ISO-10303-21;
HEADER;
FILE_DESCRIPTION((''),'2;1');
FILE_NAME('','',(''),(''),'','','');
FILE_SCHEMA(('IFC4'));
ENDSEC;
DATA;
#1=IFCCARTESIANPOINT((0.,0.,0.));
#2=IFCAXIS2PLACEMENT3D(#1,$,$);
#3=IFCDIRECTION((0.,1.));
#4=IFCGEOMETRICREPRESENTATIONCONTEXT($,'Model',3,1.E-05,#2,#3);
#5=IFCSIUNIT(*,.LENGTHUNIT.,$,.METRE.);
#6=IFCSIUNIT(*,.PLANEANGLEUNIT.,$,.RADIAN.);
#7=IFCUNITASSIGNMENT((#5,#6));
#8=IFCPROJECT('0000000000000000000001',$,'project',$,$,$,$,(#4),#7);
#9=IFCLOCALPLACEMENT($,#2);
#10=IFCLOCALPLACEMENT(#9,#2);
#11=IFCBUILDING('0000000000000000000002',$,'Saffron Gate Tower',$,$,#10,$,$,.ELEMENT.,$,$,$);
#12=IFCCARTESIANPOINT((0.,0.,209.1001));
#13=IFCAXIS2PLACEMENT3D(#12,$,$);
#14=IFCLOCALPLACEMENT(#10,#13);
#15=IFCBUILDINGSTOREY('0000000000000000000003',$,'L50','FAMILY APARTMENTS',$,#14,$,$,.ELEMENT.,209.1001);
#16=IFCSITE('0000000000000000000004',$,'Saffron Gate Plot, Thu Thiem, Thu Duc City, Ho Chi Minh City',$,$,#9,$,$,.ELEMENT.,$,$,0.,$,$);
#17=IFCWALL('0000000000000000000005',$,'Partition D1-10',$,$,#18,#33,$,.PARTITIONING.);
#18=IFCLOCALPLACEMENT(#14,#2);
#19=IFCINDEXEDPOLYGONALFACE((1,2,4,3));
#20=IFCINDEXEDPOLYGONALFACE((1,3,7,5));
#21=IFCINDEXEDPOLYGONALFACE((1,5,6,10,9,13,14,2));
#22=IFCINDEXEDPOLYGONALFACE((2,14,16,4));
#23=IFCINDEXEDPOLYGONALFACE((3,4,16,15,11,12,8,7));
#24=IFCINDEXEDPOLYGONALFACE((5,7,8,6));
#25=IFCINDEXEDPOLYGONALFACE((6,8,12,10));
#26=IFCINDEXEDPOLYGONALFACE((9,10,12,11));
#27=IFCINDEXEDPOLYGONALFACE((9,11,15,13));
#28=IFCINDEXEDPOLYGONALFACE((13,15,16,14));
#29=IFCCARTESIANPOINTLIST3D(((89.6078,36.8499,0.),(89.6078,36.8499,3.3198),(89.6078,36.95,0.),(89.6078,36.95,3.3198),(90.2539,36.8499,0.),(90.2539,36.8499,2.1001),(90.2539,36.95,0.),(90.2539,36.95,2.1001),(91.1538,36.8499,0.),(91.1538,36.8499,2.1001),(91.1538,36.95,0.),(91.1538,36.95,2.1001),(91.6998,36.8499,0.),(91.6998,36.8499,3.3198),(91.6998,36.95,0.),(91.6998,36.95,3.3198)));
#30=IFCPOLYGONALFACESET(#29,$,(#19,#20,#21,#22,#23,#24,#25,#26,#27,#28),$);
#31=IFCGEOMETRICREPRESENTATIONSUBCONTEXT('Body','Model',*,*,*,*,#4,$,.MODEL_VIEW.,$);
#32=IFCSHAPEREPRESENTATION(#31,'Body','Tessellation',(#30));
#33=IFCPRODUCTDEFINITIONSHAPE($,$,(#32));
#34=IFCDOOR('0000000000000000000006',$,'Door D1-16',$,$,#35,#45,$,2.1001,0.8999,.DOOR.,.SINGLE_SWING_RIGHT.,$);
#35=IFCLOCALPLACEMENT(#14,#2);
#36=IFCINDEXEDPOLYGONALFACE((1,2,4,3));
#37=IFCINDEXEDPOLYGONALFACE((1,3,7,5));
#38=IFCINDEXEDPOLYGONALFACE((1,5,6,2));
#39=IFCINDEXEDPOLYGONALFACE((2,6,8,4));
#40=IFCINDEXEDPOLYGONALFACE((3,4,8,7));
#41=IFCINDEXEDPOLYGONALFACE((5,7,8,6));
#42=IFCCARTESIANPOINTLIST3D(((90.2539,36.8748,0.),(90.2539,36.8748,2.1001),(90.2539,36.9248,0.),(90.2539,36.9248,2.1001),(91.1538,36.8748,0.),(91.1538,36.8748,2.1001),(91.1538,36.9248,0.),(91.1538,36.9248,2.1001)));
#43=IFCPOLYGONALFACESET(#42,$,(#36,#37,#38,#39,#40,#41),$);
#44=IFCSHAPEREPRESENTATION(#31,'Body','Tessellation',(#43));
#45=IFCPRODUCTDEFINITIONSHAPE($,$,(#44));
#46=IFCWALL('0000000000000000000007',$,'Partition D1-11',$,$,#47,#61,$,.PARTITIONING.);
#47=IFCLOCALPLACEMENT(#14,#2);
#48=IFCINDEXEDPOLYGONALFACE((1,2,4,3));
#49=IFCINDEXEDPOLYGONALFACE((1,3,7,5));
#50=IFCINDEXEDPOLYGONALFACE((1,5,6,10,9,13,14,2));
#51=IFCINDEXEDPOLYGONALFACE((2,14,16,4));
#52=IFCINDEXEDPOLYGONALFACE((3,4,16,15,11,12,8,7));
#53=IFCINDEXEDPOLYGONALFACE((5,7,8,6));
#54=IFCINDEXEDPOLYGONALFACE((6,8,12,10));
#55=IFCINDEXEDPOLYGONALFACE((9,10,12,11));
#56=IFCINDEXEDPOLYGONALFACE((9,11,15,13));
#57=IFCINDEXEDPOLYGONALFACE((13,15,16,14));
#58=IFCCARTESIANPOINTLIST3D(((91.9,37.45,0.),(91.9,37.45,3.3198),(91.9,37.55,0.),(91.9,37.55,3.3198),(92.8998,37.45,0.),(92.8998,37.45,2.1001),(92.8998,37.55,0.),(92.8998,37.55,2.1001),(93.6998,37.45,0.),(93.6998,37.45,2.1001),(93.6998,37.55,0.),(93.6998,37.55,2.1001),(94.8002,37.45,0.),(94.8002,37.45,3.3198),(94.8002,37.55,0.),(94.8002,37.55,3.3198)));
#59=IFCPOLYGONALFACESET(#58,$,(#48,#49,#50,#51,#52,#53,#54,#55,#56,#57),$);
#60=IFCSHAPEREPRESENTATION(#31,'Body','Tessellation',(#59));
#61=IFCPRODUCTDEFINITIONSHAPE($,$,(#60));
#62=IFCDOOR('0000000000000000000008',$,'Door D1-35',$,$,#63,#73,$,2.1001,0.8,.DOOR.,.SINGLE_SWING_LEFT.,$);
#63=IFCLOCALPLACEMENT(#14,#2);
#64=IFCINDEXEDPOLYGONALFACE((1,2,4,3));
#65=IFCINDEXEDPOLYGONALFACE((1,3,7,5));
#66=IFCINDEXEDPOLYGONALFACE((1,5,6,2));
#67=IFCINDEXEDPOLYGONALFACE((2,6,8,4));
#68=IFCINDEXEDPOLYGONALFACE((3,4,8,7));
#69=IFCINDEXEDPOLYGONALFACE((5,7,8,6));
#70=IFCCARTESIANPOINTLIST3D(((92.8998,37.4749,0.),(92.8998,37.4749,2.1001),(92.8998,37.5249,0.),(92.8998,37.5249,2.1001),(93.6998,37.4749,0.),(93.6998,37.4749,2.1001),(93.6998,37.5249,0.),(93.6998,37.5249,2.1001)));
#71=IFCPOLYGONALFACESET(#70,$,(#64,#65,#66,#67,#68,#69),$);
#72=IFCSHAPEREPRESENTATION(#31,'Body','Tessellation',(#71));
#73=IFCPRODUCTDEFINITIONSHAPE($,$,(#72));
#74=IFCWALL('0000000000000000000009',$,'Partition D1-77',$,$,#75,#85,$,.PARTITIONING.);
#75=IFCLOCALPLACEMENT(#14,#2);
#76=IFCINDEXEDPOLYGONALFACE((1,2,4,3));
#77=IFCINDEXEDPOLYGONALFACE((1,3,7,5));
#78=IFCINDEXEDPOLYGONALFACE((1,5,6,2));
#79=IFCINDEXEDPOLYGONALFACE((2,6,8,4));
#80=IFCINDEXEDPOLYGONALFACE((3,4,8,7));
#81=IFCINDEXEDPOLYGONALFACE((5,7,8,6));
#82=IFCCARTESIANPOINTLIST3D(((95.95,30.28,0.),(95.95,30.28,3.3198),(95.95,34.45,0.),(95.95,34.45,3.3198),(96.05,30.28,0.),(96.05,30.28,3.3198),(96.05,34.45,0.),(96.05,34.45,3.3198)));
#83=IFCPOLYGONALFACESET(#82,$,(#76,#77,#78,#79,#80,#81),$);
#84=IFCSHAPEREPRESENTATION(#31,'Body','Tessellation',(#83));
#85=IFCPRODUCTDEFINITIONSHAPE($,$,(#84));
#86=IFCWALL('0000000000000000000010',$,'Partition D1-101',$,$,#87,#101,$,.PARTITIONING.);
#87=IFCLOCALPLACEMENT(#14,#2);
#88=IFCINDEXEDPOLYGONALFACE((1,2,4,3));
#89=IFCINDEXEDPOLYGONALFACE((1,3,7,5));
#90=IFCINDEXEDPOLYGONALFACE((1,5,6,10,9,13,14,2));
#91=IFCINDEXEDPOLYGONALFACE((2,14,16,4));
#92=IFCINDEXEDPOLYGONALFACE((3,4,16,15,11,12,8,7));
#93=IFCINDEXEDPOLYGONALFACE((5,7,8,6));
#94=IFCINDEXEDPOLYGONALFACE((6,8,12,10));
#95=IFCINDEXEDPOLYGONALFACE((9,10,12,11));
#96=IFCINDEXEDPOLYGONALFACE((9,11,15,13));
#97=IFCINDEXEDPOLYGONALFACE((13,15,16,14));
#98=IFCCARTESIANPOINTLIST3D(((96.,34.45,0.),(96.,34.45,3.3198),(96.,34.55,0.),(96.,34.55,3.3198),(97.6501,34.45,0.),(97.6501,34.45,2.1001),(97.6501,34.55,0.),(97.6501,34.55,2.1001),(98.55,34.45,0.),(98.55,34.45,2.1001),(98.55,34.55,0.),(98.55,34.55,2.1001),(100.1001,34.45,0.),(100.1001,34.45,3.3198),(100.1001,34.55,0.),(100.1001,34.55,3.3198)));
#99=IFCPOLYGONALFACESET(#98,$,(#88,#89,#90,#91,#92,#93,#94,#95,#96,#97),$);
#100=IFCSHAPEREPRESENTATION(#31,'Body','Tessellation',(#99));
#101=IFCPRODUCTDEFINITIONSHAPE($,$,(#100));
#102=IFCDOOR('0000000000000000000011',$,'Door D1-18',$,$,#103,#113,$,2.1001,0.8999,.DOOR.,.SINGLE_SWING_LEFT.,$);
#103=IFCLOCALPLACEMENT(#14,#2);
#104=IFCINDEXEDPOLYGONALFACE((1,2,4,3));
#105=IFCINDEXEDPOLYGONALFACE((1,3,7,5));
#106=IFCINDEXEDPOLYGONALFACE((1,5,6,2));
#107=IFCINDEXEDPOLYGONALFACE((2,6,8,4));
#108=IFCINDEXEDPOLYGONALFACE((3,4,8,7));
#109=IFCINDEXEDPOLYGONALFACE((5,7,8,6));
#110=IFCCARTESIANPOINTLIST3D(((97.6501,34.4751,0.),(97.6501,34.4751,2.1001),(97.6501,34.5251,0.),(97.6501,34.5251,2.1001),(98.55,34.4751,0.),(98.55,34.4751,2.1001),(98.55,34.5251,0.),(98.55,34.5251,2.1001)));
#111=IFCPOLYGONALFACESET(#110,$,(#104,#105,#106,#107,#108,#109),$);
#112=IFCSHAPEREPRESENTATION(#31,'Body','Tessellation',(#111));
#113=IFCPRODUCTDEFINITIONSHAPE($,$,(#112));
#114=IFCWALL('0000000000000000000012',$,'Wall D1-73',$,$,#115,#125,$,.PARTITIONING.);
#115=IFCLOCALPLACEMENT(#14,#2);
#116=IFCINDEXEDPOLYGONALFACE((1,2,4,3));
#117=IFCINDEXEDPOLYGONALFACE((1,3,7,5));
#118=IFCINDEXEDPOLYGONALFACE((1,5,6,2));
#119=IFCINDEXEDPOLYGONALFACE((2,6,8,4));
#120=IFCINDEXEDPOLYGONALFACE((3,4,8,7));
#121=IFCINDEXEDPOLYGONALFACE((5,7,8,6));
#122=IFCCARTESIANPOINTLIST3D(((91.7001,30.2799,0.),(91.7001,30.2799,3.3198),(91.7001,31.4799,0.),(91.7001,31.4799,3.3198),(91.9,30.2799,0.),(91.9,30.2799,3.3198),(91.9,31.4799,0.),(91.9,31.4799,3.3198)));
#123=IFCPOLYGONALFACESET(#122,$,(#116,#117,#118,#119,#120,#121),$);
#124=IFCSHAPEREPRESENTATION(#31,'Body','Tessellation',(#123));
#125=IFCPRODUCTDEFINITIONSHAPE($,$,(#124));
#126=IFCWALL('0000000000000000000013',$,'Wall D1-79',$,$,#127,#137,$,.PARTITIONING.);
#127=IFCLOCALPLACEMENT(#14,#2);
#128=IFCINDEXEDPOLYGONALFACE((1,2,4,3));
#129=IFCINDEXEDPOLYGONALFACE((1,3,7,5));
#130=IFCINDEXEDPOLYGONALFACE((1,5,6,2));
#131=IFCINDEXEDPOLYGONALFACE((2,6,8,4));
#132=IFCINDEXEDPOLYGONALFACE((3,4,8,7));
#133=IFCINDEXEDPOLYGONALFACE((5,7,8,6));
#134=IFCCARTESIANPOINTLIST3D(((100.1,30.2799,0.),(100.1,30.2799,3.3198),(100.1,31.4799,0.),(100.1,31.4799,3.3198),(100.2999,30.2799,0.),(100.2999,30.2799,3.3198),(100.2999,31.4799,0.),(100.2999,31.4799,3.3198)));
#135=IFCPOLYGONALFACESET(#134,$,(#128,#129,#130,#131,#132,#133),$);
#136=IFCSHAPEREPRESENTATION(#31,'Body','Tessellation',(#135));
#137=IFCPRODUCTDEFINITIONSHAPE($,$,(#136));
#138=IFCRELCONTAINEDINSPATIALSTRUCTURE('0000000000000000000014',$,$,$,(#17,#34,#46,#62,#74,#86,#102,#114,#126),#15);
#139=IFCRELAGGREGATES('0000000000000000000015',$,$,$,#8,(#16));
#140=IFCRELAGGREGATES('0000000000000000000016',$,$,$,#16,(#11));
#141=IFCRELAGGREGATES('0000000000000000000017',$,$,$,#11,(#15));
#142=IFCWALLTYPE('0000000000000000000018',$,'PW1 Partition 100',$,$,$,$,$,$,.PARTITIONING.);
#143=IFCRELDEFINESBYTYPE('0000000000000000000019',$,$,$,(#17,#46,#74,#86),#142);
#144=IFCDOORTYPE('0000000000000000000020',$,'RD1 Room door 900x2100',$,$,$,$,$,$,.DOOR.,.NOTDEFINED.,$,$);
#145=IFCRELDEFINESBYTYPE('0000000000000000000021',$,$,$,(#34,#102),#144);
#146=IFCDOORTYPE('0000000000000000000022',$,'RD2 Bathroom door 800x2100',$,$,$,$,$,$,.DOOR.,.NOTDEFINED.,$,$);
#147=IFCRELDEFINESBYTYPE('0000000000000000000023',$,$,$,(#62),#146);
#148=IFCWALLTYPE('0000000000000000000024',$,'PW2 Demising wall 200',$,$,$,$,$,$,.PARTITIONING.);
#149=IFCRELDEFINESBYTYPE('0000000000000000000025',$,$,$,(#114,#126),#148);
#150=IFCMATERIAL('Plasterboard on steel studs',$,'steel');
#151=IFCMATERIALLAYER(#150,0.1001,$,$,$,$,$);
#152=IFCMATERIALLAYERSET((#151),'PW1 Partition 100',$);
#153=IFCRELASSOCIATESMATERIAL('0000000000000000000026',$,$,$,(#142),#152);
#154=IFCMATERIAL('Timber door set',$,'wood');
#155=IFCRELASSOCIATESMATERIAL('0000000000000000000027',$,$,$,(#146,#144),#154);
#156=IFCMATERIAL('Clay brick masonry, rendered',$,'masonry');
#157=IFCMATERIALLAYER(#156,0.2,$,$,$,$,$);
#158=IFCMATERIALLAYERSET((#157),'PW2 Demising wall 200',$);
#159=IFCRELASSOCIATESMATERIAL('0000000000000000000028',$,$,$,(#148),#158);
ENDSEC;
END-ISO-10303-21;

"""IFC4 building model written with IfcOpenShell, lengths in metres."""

from ifc_helpers import new_model, si_unit, direction, frame, frame_2d, origin, place, context, subcontext, project, spatial, rectangle, extrude, material, layer, layer_set, type_object, element, fill, save


model = new_model("IFC4")

# Units and contexts
model_context = context("Model", 3, precision=1e-05, world=origin(), true_north=direction((0.0, 1.0)))
body_context = subcontext(model_context, "Body", "Model", "MODEL_VIEW")
ifc_project = project(units=[si_unit("LENGTHUNIT", "METRE"), si_unit("PLANEANGLEUNIT", "RADIAN")], contexts=[model_context])

# Site, building, storey
site_placement = place(None, origin())
site = spatial("IfcSite", under=ifc_project, at=site_placement, Name="Saffron Gate Plot, Thu Thiem, Thu Duc City, Ho Chi Minh City", CompositionType="ELEMENT", RefElevation=0.0)
building_placement = place(site_placement, origin())
building = spatial("IfcBuilding", under=site, at=building_placement, Name="Saffron Gate Tower", CompositionType="ELEMENT")
storey_placement = place(building_placement, frame((0.0, 0.0, 209.1001)))
storey = spatial("IfcBuildingStorey", under=building, at=storey_placement, Name="L50", Description="FAMILY APARTMENTS", CompositionType="ELEMENT", Elevation=209.1001)

# Shared definitions
ifc_material_1 = material(Name="Plasterboard on steel studs", Category="steel")
ifc_layer_1 = layer(ifc_material_1, 0.1001)
ifc_layer_set_1 = layer_set([ifc_layer_1], Name="PW1 Partition 100")
wall_type_1 = type_object("IfcWallType", Name="PW1 Partition 100", PredefinedType="PARTITIONING", material=ifc_layer_set_1)
ifc_material_2 = material(Name="Timber door set", Category="wood")
door_type_1 = type_object("IfcDoorType", Name="RD2 Bathroom door 800x2100", OperationType="NOTDEFINED", PredefinedType="DOOR", material=ifc_material_2)

# Walls, openings, doors
wall_1_placement = place(storey_placement, frame((89.6079, 36.8999, 0.0), z_axis=(0.0, 0.0, 1.0), x_axis=(1.0, 0.0, 0.0)))
wall_1 = element("IfcWall", 1, at=wall_1_placement, inside=storey, type_object=wall_type_1, Name="Partition D1-10", PredefinedType="PARTITIONING", context=body_context, shape_type="SweptSolid", body=[
    extrude(rectangle(XDim=2.092, YDim=0.1001, at=frame_2d((1.0459, 0.0))), origin(), (0.0, 0.0, 1.0), 3.3198),
])
opening_1_placement = place(wall_1_placement, frame((0.646, 0.0, 0.0)))
opening_1 = element("IfcOpeningElement", 2, at=opening_1_placement, cuts=wall_1, PredefinedType="OPENING", context=body_context, shape_type="SweptSolid", body=[
    extrude(rectangle(XDim=0.8999, YDim=2.1001, at=frame_2d((0.45, 1.05))), frame((0.0, 0.0601, 0.0), z_axis=(0.0, -1.0, 0.0), x_axis=(1.0, 0.0, 0.0)), (0.0, 0.0, 1.0), 0.1201),
])
door_type_2 = type_object("IfcDoorType", Name="RD1 Room door 900x2100", OperationType="NOTDEFINED", PredefinedType="DOOR", material=ifc_material_2)
door_1_placement = place(opening_1_placement, origin())
door_1 = element("IfcDoor", 3, at=door_1_placement, inside=storey, type_object=door_type_2, Name="Door D1-16", OperationType="SINGLE_SWING_RIGHT", OverallHeight=2.1001, OverallWidth=0.8999, PredefinedType="DOOR", context=body_context, shape_type="SweptSolid", body=[
    extrude(rectangle(XDim=0.8999, YDim=2.1001, at=frame_2d((0.45, 1.05))), frame((0.0, 0.0249, 0.0), z_axis=(0.0, -1.0, 0.0), x_axis=(1.0, 0.0, 0.0)), (0.0, 0.0, 1.0), 0.05),
])
fill(opening_1, door_1)
wall_2_placement = place(storey_placement, frame((91.8999, 37.5, 0.0), z_axis=(0.0, 0.0, 1.0), x_axis=(1.0, 0.0, 0.0)))
wall_2 = element("IfcWall", 4, at=wall_2_placement, inside=storey, type_object=wall_type_1, Name="Partition D1-11", PredefinedType="PARTITIONING", context=body_context, shape_type="SweptSolid", body=[
    extrude(rectangle(XDim=2.9001, YDim=0.1001, at=frame_2d((1.4502, 0.0))), origin(), (0.0, 0.0, 1.0), 3.3198),
])
opening_2_placement = place(wall_2_placement, frame((1.0, 0.0, 0.0)))
opening_2 = element("IfcOpeningElement", 5, at=opening_2_placement, cuts=wall_2, PredefinedType="OPENING", context=body_context, shape_type="SweptSolid", body=[
    extrude(rectangle(XDim=0.8, YDim=2.1001, at=frame_2d((0.3999, 1.05))), frame((0.0, 0.0601, 0.0), z_axis=(0.0, -1.0, 0.0), x_axis=(1.0, 0.0, 0.0)), (0.0, 0.0, 1.0), 0.1201),
])
door_2_placement = place(opening_2_placement, origin())
door_2 = element("IfcDoor", 6, at=door_2_placement, inside=storey, type_object=door_type_1, Name="Door D1-35", OperationType="SINGLE_SWING_LEFT", OverallHeight=2.1001, OverallWidth=0.8, PredefinedType="DOOR", context=body_context, shape_type="SweptSolid", body=[
    extrude(rectangle(XDim=0.8, YDim=2.1001, at=frame_2d((0.3999, 1.05))), frame((0.0, 0.0249, 0.0), z_axis=(0.0, -1.0, 0.0), x_axis=(1.0, 0.0, 0.0)), (0.0, 0.0, 1.0), 0.05),
])
fill(opening_2, door_2)

# Wall
wall_3_placement = place(storey_placement, frame((96.0, 34.45, 0.0), z_axis=(0.0, 0.0, 1.0), x_axis=(0.0, -1.0, 0.0)))
element("IfcWall", 7, at=wall_3_placement, inside=storey, type_object=wall_type_1, Name="Partition D1-77", PredefinedType="PARTITIONING", context=body_context, shape_type="SweptSolid", body=[
    extrude(rectangle(XDim=4.1699, YDim=0.1001, at=frame_2d((2.085, 0.0))), origin(), (0.0, 0.0, 1.0), 3.3198),
])

# Wall, opening, door
wall_4_placement = place(storey_placement, frame((100.1001, 34.5, 0.0), z_axis=(0.0, 0.0, 1.0), x_axis=(-1.0, 0.0, 0.0)))
wall_4 = element("IfcWall", 8, at=wall_4_placement, inside=storey, type_object=wall_type_1, Name="Partition D1-101", PredefinedType="PARTITIONING", context=body_context, shape_type="SweptSolid", body=[
    extrude(rectangle(XDim=4.1001, YDim=0.1001, at=frame_2d((2.05, 0.0))), origin(), (0.0, 0.0, 1.0), 3.3198),
])
opening_3_placement = place(wall_4_placement, frame((1.55, 0.0, 0.0)))
opening_3 = element("IfcOpeningElement", 9, at=opening_3_placement, cuts=wall_4, PredefinedType="OPENING", context=body_context, shape_type="SweptSolid", body=[
    extrude(rectangle(XDim=0.8999, YDim=2.1001, at=frame_2d((0.45, 1.05))), frame((0.0, 0.0601, 0.0), z_axis=(0.0, -1.0, 0.0), x_axis=(1.0, 0.0, 0.0)), (0.0, 0.0, 1.0), 0.1201),
])
door_3_placement = place(opening_3_placement, origin())
door_3 = element("IfcDoor", 10, at=door_3_placement, inside=storey, type_object=door_type_2, Name="Door D1-18", OperationType="SINGLE_SWING_LEFT", OverallHeight=2.1001, OverallWidth=0.8999, PredefinedType="DOOR", context=body_context, shape_type="SweptSolid", body=[
    extrude(rectangle(XDim=0.8999, YDim=2.1001, at=frame_2d((0.45, 1.05))), frame((0.0, 0.0249, 0.0), z_axis=(0.0, -1.0, 0.0), x_axis=(1.0, 0.0, 0.0)), (0.0, 0.0, 1.0), 0.05),
])
fill(opening_3, door_3)

# Walls
ifc_material_3 = material(Name="Clay brick masonry, rendered", Category="masonry")
ifc_layer_2 = layer(ifc_material_3, 0.2)
ifc_layer_set_2 = layer_set([ifc_layer_2], Name="PW2 Demising wall 200")
wall_type_2 = type_object("IfcWallType", Name="PW2 Demising wall 200", PredefinedType="PARTITIONING", material=ifc_layer_set_2)
for number, where, z_axis, x_axis, name in (
    (11, (91.8, 31.48, 0.0), (0.0, 0.0, 1.0), (0.0, -1.0, 0.0), "Wall D1-73"),
    (12, (100.2, 31.48, 0.0), (0.0, 0.0, 1.0), (0.0, -1.0, 0.0), "Wall D1-79"),
):
    element("IfcWall", number, at=place(storey_placement, frame(where, z_axis=z_axis, x_axis=x_axis)), inside=storey, type_object=wall_type_2, Name=name, PredefinedType="PARTITIONING", context=body_context, shape_type="SweptSolid", body=[
        extrude(rectangle(XDim=1.2, YDim=0.2, at=frame_2d((0.6001, 0.0))), origin(), (0.0, 0.0, 1.0), 3.3198),
    ])

save(model, "model.ifc")
